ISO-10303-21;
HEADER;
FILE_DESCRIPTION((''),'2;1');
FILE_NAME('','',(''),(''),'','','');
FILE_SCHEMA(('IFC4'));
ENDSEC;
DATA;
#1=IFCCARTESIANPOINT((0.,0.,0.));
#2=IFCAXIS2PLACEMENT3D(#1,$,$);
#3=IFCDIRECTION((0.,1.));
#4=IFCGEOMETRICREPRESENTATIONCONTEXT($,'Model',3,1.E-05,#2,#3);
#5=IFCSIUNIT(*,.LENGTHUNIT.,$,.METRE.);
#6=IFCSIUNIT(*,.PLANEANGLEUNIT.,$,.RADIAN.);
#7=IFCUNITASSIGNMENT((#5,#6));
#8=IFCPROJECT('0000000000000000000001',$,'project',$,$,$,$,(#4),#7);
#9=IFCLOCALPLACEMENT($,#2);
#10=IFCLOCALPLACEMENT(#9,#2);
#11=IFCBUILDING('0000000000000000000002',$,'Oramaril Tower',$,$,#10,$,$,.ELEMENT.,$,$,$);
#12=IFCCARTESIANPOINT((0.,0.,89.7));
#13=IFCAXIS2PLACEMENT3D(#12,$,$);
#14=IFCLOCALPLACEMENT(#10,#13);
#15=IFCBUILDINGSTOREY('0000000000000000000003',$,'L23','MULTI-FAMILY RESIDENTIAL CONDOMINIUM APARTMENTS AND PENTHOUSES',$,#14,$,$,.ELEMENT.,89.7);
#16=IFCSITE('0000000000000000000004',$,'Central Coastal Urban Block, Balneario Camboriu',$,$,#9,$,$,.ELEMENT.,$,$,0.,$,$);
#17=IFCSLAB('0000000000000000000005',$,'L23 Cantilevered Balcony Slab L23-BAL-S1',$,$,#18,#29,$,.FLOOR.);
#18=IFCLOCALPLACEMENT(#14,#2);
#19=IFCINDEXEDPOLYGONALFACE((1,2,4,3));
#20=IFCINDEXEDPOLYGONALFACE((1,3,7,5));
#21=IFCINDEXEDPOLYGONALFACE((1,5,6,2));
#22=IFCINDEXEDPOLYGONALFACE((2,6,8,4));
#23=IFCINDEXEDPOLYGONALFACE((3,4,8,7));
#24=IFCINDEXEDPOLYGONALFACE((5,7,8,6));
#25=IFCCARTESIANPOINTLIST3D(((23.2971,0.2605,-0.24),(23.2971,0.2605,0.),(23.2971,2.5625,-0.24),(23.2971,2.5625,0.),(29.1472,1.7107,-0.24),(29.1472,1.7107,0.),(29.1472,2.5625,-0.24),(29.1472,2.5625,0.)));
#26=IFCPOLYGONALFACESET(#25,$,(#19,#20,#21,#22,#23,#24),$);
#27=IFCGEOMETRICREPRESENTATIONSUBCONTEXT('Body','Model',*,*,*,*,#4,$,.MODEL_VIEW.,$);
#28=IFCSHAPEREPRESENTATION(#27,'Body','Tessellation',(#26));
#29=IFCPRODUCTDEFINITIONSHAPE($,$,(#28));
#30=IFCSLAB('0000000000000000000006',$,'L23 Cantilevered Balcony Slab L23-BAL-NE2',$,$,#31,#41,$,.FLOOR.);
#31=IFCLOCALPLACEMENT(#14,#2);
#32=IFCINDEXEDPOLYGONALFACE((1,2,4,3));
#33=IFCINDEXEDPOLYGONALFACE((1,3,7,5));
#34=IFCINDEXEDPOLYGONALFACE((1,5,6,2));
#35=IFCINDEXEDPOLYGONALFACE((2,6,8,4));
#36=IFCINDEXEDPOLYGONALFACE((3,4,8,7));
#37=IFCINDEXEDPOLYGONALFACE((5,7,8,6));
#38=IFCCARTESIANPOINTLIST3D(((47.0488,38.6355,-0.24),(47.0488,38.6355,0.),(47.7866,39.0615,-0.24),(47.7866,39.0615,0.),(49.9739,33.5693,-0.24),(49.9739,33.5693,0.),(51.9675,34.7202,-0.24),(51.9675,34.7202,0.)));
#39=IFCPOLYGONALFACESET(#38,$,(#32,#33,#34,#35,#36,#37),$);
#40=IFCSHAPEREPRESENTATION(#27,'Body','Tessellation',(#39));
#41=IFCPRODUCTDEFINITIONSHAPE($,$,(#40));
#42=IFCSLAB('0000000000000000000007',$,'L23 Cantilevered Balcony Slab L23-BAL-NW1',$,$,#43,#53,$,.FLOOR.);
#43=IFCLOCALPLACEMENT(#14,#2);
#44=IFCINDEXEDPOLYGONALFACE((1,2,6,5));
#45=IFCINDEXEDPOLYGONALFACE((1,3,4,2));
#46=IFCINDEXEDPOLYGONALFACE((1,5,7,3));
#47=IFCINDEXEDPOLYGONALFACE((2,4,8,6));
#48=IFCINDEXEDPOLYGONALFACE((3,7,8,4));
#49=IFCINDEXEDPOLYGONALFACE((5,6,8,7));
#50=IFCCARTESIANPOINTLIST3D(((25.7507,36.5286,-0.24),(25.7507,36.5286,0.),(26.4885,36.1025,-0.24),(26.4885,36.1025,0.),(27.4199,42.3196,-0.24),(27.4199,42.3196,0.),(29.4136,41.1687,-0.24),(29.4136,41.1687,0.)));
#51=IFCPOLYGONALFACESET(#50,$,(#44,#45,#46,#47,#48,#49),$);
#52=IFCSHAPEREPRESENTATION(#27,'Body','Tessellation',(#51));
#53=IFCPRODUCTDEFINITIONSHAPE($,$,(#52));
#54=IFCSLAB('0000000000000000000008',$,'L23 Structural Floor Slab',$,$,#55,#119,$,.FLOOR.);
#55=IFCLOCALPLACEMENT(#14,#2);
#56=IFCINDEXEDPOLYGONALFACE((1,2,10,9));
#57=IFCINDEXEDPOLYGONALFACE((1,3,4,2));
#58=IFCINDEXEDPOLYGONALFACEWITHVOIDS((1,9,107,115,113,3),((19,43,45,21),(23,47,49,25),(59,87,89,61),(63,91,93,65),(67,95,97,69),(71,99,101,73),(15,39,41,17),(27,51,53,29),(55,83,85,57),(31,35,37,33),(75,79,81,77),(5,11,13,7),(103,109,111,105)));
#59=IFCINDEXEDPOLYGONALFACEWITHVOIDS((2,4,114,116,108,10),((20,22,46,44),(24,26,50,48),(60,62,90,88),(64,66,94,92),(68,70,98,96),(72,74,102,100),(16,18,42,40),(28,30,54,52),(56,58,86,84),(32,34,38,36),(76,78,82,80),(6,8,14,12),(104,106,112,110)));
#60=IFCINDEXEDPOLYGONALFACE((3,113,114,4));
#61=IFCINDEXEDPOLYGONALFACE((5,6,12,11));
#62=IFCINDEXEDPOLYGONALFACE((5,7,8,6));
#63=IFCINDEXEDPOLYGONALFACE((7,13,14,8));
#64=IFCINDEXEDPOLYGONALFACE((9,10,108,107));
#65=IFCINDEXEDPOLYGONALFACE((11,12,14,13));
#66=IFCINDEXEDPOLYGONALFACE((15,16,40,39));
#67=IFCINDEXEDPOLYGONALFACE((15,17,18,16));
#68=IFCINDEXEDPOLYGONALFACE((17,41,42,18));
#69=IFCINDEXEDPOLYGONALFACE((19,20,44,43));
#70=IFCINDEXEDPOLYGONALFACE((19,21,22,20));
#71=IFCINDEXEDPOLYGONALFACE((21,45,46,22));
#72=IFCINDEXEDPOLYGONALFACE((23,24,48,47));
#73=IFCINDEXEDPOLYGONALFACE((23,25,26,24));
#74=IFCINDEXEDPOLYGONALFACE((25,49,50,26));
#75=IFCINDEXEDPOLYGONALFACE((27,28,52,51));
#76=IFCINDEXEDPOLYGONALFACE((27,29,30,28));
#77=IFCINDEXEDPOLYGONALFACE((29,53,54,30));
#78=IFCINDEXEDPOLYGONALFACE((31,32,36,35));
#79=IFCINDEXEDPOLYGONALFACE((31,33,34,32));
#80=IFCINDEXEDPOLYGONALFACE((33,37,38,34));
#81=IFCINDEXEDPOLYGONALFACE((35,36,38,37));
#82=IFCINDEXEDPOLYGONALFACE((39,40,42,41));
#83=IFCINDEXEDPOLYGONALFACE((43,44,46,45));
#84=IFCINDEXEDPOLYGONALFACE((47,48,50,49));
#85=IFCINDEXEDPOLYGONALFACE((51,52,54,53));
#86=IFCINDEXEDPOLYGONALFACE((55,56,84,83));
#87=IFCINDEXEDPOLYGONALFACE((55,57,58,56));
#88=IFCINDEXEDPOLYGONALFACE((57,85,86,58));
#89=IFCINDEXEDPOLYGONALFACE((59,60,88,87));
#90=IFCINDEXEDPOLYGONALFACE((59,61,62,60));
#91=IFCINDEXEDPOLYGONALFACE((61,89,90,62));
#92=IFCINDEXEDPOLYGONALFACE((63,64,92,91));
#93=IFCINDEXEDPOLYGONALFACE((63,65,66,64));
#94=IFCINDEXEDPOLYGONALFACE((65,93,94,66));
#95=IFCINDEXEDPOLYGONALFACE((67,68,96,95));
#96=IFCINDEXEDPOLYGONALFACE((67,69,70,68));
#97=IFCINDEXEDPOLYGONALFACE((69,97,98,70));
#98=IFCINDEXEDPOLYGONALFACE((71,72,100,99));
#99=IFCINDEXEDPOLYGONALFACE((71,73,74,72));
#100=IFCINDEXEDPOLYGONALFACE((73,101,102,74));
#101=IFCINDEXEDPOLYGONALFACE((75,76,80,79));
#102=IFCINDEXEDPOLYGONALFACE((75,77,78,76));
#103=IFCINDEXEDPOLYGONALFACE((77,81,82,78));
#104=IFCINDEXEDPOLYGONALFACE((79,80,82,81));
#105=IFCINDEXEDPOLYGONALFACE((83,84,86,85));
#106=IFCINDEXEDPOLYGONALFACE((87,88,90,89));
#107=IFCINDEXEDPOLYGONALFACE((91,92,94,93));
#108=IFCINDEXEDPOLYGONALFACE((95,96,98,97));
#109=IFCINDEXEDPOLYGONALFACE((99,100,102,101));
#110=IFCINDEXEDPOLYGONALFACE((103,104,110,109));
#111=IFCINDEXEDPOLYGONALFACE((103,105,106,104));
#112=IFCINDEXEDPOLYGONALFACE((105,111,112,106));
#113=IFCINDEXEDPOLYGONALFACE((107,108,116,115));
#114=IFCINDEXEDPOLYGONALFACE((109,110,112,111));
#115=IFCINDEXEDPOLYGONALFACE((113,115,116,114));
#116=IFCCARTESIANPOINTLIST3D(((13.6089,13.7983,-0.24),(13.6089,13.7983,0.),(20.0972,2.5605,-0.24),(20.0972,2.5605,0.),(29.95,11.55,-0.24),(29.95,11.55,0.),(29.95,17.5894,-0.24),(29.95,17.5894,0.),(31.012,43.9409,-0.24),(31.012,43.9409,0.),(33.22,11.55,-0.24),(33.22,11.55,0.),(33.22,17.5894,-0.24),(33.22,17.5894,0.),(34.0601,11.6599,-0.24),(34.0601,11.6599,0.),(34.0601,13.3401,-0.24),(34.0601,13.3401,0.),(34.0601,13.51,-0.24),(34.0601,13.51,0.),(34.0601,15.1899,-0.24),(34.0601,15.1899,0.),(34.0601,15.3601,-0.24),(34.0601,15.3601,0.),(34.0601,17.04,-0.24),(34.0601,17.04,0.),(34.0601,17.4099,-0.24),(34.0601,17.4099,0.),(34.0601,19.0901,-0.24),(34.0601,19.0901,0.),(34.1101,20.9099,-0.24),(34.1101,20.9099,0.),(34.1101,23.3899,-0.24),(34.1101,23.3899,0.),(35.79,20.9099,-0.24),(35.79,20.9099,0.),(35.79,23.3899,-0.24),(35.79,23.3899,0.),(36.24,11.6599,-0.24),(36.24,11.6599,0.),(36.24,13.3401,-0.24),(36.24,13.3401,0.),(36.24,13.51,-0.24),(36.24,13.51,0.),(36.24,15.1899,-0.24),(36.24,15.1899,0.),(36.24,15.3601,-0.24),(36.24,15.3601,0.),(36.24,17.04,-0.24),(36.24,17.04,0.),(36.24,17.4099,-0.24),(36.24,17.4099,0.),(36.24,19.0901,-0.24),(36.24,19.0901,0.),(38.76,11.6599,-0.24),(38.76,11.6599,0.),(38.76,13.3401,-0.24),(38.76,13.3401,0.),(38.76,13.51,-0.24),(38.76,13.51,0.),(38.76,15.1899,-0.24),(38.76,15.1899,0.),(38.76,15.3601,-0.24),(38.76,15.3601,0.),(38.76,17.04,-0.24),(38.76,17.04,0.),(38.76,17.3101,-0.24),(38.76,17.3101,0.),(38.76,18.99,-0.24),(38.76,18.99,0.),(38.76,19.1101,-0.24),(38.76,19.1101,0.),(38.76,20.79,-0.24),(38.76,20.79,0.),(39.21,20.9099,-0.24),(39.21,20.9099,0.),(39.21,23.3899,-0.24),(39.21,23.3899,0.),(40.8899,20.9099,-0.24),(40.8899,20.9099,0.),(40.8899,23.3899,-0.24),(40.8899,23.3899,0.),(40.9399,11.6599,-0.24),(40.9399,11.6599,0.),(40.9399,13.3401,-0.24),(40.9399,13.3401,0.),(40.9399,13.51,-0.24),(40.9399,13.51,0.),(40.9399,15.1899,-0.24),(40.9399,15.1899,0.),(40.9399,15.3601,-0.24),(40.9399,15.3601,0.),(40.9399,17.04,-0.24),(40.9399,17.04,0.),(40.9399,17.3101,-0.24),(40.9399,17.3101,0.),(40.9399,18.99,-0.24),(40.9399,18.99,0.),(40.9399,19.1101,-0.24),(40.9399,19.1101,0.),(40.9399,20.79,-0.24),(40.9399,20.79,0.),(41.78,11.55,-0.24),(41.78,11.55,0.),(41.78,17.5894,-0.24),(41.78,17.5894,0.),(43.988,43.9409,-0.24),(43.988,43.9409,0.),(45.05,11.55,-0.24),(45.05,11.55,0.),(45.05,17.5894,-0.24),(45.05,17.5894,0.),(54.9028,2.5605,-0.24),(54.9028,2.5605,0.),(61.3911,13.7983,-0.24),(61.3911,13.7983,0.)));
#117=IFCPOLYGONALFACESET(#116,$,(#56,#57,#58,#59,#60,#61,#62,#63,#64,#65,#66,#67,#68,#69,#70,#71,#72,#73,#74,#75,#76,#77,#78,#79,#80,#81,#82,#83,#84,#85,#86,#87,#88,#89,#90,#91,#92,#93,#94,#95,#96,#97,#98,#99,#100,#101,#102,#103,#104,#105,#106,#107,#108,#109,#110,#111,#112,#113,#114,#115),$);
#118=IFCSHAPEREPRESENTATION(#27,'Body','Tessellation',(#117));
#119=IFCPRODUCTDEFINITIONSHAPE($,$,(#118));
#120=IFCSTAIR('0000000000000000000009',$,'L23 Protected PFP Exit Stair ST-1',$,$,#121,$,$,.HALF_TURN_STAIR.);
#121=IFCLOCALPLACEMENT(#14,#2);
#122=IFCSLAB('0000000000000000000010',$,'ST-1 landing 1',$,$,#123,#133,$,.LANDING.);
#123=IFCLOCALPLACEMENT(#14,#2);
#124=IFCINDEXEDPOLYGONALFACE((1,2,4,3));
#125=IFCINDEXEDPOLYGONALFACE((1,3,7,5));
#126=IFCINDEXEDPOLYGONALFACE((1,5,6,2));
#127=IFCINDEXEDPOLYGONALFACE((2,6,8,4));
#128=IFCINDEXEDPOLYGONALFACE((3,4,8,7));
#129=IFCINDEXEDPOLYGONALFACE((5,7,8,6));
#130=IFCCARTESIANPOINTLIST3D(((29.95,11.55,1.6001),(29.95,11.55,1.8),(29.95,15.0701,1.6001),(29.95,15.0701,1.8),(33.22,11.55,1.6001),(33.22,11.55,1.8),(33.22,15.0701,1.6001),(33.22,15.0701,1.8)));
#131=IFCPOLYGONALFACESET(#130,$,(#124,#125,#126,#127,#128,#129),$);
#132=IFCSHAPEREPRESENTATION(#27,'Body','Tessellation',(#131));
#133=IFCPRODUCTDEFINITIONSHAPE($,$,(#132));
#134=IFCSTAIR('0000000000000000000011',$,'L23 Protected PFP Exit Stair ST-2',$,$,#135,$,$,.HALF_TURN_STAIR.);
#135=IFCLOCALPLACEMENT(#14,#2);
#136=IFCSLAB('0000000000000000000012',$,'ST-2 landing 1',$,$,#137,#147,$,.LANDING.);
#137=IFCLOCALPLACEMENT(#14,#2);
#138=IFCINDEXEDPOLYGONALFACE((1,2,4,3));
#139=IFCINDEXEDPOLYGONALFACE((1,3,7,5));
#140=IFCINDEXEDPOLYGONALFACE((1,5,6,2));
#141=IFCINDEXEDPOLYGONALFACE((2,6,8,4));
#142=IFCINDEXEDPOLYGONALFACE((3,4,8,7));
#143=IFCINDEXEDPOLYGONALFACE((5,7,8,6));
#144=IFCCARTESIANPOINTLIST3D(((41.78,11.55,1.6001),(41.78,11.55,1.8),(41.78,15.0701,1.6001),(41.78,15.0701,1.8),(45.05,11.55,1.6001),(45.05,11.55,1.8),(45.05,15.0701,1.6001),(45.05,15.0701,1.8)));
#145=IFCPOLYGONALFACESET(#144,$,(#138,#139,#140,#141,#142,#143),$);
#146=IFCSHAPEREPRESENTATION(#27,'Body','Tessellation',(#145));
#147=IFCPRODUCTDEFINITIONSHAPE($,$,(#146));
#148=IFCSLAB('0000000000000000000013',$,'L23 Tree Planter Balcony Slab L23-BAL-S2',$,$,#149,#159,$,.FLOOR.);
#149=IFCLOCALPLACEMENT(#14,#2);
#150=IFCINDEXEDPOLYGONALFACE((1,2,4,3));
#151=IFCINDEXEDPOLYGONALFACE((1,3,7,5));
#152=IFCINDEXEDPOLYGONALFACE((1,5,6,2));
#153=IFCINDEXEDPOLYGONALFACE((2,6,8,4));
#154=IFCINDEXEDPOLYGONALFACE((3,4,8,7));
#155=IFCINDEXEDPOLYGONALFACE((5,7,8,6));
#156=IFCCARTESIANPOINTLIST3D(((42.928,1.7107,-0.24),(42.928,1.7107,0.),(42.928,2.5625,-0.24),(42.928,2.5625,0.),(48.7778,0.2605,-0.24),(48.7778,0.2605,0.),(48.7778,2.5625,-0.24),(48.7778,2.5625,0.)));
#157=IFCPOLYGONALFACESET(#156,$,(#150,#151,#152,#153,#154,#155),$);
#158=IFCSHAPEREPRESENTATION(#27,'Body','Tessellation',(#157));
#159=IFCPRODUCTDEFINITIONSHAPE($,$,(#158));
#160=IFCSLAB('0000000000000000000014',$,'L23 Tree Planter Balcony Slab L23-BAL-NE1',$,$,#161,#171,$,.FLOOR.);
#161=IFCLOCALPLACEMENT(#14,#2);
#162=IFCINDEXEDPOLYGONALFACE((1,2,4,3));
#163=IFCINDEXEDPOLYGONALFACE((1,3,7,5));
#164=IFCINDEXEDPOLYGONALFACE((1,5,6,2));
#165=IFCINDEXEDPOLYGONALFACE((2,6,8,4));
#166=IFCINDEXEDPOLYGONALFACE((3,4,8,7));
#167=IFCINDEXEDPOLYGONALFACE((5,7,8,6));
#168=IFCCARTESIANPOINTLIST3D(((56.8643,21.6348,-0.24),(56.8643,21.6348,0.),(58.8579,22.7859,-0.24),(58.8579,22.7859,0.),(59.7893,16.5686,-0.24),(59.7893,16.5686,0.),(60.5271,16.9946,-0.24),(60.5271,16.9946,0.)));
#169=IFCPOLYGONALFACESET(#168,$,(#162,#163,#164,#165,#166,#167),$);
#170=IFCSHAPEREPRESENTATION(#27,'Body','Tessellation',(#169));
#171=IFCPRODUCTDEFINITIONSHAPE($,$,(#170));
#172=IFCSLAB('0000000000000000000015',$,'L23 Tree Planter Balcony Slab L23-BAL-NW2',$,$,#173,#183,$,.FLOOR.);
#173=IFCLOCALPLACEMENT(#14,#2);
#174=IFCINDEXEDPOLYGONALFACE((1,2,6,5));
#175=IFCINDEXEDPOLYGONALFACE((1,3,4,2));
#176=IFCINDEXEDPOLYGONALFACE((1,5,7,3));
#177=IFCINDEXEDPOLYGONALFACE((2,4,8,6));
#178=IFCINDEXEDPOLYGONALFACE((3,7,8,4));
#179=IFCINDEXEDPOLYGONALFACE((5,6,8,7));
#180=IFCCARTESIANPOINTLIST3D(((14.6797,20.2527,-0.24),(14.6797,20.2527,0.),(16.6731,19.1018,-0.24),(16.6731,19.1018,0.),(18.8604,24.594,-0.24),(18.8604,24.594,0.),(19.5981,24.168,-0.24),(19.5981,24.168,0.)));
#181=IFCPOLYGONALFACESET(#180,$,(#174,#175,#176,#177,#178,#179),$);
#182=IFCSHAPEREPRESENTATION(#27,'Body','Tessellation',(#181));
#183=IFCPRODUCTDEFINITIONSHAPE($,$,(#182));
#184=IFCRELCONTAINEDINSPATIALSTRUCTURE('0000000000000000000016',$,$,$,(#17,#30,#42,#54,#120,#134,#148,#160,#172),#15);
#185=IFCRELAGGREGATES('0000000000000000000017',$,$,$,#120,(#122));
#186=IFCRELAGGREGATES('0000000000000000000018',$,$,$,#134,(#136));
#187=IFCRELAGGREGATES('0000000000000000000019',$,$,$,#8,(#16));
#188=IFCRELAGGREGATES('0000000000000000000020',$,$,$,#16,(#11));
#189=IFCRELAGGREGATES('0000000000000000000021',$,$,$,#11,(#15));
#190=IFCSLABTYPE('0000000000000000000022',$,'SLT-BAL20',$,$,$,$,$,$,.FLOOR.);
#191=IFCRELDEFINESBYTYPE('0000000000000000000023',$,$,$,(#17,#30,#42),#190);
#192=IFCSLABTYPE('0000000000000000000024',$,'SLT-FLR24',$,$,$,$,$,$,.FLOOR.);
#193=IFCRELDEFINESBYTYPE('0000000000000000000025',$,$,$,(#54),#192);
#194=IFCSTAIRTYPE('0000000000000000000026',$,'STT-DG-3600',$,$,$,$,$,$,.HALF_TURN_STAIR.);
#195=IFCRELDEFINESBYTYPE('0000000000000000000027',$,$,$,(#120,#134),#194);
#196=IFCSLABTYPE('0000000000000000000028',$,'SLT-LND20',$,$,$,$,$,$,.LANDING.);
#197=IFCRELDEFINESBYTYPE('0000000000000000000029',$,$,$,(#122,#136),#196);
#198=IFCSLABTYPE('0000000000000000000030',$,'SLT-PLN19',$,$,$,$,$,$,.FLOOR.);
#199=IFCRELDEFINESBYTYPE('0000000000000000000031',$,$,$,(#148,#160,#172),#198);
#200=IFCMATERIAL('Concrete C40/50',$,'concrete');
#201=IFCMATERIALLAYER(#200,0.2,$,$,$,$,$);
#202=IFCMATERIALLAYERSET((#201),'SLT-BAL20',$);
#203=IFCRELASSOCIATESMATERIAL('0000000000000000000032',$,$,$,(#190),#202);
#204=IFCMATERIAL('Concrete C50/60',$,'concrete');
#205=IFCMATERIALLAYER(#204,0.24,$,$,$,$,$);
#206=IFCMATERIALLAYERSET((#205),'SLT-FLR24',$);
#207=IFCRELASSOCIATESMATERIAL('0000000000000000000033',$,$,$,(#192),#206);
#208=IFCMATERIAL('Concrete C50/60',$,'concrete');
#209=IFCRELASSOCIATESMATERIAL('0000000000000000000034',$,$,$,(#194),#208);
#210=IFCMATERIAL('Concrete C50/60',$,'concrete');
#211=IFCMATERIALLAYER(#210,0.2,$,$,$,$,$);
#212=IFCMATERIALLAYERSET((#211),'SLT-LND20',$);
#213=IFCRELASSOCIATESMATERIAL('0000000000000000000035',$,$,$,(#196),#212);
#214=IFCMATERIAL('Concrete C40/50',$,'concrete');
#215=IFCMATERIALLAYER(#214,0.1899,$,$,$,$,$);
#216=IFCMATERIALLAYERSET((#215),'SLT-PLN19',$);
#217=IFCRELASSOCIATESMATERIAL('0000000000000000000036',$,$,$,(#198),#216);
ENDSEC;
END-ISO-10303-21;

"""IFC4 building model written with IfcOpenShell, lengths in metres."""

from ifc_helpers import new_model, si_unit, direction, frame, origin, place, context, subcontext, project, spatial, polyline, outline, extrude, material, layer, layer_set, type_object, element, aggregate, save


model = new_model("IFC4")

# Units and contexts
model_context = context("Model", 3, precision=1e-05, world=origin(), true_north=direction((0.0, 1.0)))
body_context = subcontext(model_context, "Body", "Model", "MODEL_VIEW")
ifc_project = project(units=[si_unit("LENGTHUNIT", "METRE"), si_unit("PLANEANGLEUNIT", "RADIAN")], contexts=[model_context])

# Site, building, storey
site_placement = place(None, origin())
site = spatial("IfcSite", under=ifc_project, at=site_placement, Name="Central Coastal Urban Block, Balneario Camboriu", CompositionType="ELEMENT", RefElevation=0.0)
building_placement = place(site_placement, origin())
building = spatial("IfcBuilding", under=site, at=building_placement, Name="Oramaril Tower", CompositionType="ELEMENT")
storey_placement = place(building_placement, frame((0.0, 0.0, 89.7)))
storey = spatial("IfcBuildingStorey", under=building, at=storey_placement, Name="L23", Description="MULTI-FAMILY RESIDENTIAL CONDOMINIUM APARTMENTS AND PENTHOUSES", CompositionType="ELEMENT", Elevation=89.7)

# Slabs
ifc_material_1 = material(Name="Concrete C40/50", Category="concrete")
ifc_layer_1 = layer(ifc_material_1, 0.2)
ifc_layer_set_1 = layer_set([ifc_layer_1], Name="SLT-BAL20")
slab_type_1 = type_object("IfcSlabType", Name="SLT-BAL20", PredefinedType="FLOOR", material=ifc_layer_set_1)
slab_1_placement = place(storey_placement, frame((0.0, 0.0, -0.24)))
element("IfcSlab", 1, at=slab_1_placement, inside=storey, type_object=slab_type_1, Name="L23 Cantilevered Balcony Slab L23-BAL-S1", PredefinedType="FLOOR", context=body_context, shape_type="SweptSolid", body=[
    extrude(outline(polyline([(23.2971, 2.5625), (29.1472, 2.5625), (29.1472, 1.7107), (23.2971, 0.2605), (23.2971, 2.5625)])), origin(), (0.0, 0.0, 1.0), 0.24),
])
slab_2_placement = place(storey_placement, frame((0.0, 0.0, -0.24)))
element("IfcSlab", 2, at=slab_2_placement, inside=storey, type_object=slab_type_1, Name="L23 Cantilevered Balcony Slab L23-BAL-NE2", PredefinedType="FLOOR", context=body_context, shape_type="SweptSolid", body=[
    extrude(outline(polyline([(49.9739, 33.5693), (47.0488, 38.6355), (47.7866, 39.0615), (51.9675, 34.7202), (49.9739, 33.5693)])), origin(), (0.0, 0.0, 1.0), 0.24),
])
slab_3_placement = place(storey_placement, frame((0.0, 0.0, -0.24)))
element("IfcSlab", 3, at=slab_3_placement, inside=storey, type_object=slab_type_1, Name="L23 Cantilevered Balcony Slab L23-BAL-NW1", PredefinedType="FLOOR", context=body_context, shape_type="SweptSolid", body=[
    extrude(outline(polyline([(29.4136, 41.1687), (26.4885, 36.1025), (25.7507, 36.5286), (27.4199, 42.3196), (29.4136, 41.1687)])), origin(), (0.0, 0.0, 1.0), 0.24),
])
ifc_material_2 = material(Name="Concrete C50/60", Category="concrete")
ifc_layer_2 = layer(ifc_material_2, 0.24)
ifc_layer_set_2 = layer_set([ifc_layer_2], Name="SLT-FLR24")
slab_type_2 = type_object("IfcSlabType", Name="SLT-FLR24", PredefinedType="FLOOR", material=ifc_layer_set_2)
slab_4_placement = place(storey_placement, frame((0.0, 0.0, -0.24)))
element("IfcSlab", 4, at=slab_4_placement, inside=storey, type_object=slab_type_2, Name="L23 Structural Floor Slab", PredefinedType="FLOOR", context=body_context, shape_type="SweptSolid", body=[
    extrude(outline(polyline([(13.6089, 13.7983), (20.0972, 2.5605), (54.9028, 2.5605), (61.3911, 13.7983), (43.988, 43.9409), (31.012, 43.9409), (13.6089, 13.7983)]), holes=[polyline([(29.95, 17.5894), (29.95, 11.55), (33.22, 11.55), (33.22, 17.5894), (29.95, 17.5894)]), polyline([(41.78, 17.5894), (41.78, 11.55), (45.05, 11.55), (45.05, 17.5894), (41.78, 17.5894)]), polyline([(34.1101, 20.9099), (35.79, 20.9099), (35.79, 23.3899), (34.1101, 23.3899), (34.1101, 20.9099)]), polyline([(39.21, 20.9099), (40.8899, 20.9099), (40.8899, 23.3899), (39.21, 23.3899), (39.21, 20.9099)]), polyline([(34.0601, 11.6599), (36.24, 11.6599), (36.24, 13.3401), (34.0601, 13.3401), (34.0601, 11.6599)]), polyline([(34.0601, 13.51), (36.24, 13.51), (36.24, 15.1899), (34.0601, 15.1899), (34.0601, 13.51)]), polyline([(34.0601, 15.3601), (36.24, 15.3601), (36.24, 17.04), (34.0601, 17.04), (34.0601, 15.3601)]), polyline([(38.76, 11.6599), (40.9399, 11.6599), (40.9399, 13.3401), (38.76, 13.3401), (38.76, 11.6599)]), polyline([(38.76, 13.51), (40.9399, 13.51), (40.9399, 15.1899), (38.76, 15.1899), (38.76, 13.51)]), polyline([(38.76, 15.3601), (40.9399, 15.3601), (40.9399, 17.04), (38.76, 17.04), (38.76, 15.3601)]), polyline([(34.0601, 17.4099), (36.24, 17.4099), (36.24, 19.0901), (34.0601, 19.0901), (34.0601, 17.4099)]), polyline([(38.76, 17.3101), (40.9399, 17.3101), (40.9399, 18.99), (38.76, 18.99), (38.76, 17.3101)]), polyline([(38.76, 19.1101), (40.9399, 19.1101), (40.9399, 20.79), (38.76, 20.79), (38.76, 19.1101)])]), origin(), (0.0, 0.0, 1.0), 0.24),
])

# Stairs, slabs
ifc_material_3 = material(Name="Concrete C50/60", Category="concrete")
stair_type = type_object("IfcStairType", Name="STT-DG-3600", PredefinedType="HALF_TURN_STAIR", material=ifc_material_3)
stair_1_placement = place(storey_placement, origin())
stair_1 = element("IfcStair", 5, at=stair_1_placement, inside=storey, type_object=stair_type, Name="L23 Protected PFP Exit Stair ST-1", PredefinedType="HALF_TURN_STAIR")
ifc_material_4 = material(Name="Concrete C50/60", Category="concrete")
ifc_layer_3 = layer(ifc_material_4, 0.2)
ifc_layer_set_3 = layer_set([ifc_layer_3], Name="SLT-LND20")
slab_type_3 = type_object("IfcSlabType", Name="SLT-LND20", PredefinedType="LANDING", material=ifc_layer_set_3)
slab_5_placement = place(storey_placement, frame((0.0, 0.0, 1.6001)))
slab_5 = element("IfcSlab", 6, at=slab_5_placement, type_object=slab_type_3, Name="ST-1 landing 1", PredefinedType="LANDING", context=body_context, shape_type="SweptSolid", body=[
    extrude(outline(polyline([(29.95, 15.0701), (29.95, 11.55), (33.22, 11.55), (33.22, 15.0701), (29.95, 15.0701)])), origin(), (0.0, 0.0, 1.0), 0.2),
])
aggregate(stair_1, [slab_5])
stair_2_placement = place(storey_placement, origin())
stair_2 = element("IfcStair", 7, at=stair_2_placement, inside=storey, type_object=stair_type, Name="L23 Protected PFP Exit Stair ST-2", PredefinedType="HALF_TURN_STAIR")
slab_6_placement = place(storey_placement, frame((0.0, 0.0, 1.6001)))
slab_6 = element("IfcSlab", 8, at=slab_6_placement, type_object=slab_type_3, Name="ST-2 landing 1", PredefinedType="LANDING", context=body_context, shape_type="SweptSolid", body=[
    extrude(outline(polyline([(41.78, 15.0701), (41.78, 11.55), (45.05, 11.55), (45.05, 15.0701), (41.78, 15.0701)])), origin(), (0.0, 0.0, 1.0), 0.2),
])
aggregate(stair_2, [slab_6])

# Slabs
ifc_material_5 = material(Name="Concrete C40/50", Category="concrete")
ifc_layer_4 = layer(ifc_material_5, 0.1899)
ifc_layer_set_4 = layer_set([ifc_layer_4], Name="SLT-PLN19")
slab_type_4 = type_object("IfcSlabType", Name="SLT-PLN19", PredefinedType="FLOOR", material=ifc_layer_set_4)
slab_7_placement = place(storey_placement, frame((0.0, 0.0, -0.24)))
element("IfcSlab", 9, at=slab_7_placement, inside=storey, type_object=slab_type_4, Name="L23 Tree Planter Balcony Slab L23-BAL-S2", PredefinedType="FLOOR", context=body_context, shape_type="SweptSolid", body=[
    extrude(outline(polyline([(42.928, 2.5625), (48.7778, 2.5625), (48.7778, 0.2605), (42.928, 1.7107), (42.928, 2.5625)])), origin(), (0.0, 0.0, 1.0), 0.24),
])
slab_8_placement = place(storey_placement, frame((0.0, 0.0, -0.24)))
element("IfcSlab", 10, at=slab_8_placement, inside=storey, type_object=slab_type_4, Name="L23 Tree Planter Balcony Slab L23-BAL-NE1", PredefinedType="FLOOR", context=body_context, shape_type="SweptSolid", body=[
    extrude(outline(polyline([(59.7893, 16.5686), (56.8643, 21.6348), (58.8579, 22.7859), (60.5271, 16.9946), (59.7893, 16.5686)])), origin(), (0.0, 0.0, 1.0), 0.24),
])
slab_9_placement = place(storey_placement, frame((0.0, 0.0, -0.24)))
element("IfcSlab", 11, at=slab_9_placement, inside=storey, type_object=slab_type_4, Name="L23 Tree Planter Balcony Slab L23-BAL-NW2", PredefinedType="FLOOR", context=body_context, shape_type="SweptSolid", body=[
    extrude(outline(polyline([(19.5981, 24.168), (16.6731, 19.1018), (14.6797, 20.2527), (18.8604, 24.594), (19.5981, 24.168)])), origin(), (0.0, 0.0, 1.0), 0.24),
])

save(model, "model.ifc")
